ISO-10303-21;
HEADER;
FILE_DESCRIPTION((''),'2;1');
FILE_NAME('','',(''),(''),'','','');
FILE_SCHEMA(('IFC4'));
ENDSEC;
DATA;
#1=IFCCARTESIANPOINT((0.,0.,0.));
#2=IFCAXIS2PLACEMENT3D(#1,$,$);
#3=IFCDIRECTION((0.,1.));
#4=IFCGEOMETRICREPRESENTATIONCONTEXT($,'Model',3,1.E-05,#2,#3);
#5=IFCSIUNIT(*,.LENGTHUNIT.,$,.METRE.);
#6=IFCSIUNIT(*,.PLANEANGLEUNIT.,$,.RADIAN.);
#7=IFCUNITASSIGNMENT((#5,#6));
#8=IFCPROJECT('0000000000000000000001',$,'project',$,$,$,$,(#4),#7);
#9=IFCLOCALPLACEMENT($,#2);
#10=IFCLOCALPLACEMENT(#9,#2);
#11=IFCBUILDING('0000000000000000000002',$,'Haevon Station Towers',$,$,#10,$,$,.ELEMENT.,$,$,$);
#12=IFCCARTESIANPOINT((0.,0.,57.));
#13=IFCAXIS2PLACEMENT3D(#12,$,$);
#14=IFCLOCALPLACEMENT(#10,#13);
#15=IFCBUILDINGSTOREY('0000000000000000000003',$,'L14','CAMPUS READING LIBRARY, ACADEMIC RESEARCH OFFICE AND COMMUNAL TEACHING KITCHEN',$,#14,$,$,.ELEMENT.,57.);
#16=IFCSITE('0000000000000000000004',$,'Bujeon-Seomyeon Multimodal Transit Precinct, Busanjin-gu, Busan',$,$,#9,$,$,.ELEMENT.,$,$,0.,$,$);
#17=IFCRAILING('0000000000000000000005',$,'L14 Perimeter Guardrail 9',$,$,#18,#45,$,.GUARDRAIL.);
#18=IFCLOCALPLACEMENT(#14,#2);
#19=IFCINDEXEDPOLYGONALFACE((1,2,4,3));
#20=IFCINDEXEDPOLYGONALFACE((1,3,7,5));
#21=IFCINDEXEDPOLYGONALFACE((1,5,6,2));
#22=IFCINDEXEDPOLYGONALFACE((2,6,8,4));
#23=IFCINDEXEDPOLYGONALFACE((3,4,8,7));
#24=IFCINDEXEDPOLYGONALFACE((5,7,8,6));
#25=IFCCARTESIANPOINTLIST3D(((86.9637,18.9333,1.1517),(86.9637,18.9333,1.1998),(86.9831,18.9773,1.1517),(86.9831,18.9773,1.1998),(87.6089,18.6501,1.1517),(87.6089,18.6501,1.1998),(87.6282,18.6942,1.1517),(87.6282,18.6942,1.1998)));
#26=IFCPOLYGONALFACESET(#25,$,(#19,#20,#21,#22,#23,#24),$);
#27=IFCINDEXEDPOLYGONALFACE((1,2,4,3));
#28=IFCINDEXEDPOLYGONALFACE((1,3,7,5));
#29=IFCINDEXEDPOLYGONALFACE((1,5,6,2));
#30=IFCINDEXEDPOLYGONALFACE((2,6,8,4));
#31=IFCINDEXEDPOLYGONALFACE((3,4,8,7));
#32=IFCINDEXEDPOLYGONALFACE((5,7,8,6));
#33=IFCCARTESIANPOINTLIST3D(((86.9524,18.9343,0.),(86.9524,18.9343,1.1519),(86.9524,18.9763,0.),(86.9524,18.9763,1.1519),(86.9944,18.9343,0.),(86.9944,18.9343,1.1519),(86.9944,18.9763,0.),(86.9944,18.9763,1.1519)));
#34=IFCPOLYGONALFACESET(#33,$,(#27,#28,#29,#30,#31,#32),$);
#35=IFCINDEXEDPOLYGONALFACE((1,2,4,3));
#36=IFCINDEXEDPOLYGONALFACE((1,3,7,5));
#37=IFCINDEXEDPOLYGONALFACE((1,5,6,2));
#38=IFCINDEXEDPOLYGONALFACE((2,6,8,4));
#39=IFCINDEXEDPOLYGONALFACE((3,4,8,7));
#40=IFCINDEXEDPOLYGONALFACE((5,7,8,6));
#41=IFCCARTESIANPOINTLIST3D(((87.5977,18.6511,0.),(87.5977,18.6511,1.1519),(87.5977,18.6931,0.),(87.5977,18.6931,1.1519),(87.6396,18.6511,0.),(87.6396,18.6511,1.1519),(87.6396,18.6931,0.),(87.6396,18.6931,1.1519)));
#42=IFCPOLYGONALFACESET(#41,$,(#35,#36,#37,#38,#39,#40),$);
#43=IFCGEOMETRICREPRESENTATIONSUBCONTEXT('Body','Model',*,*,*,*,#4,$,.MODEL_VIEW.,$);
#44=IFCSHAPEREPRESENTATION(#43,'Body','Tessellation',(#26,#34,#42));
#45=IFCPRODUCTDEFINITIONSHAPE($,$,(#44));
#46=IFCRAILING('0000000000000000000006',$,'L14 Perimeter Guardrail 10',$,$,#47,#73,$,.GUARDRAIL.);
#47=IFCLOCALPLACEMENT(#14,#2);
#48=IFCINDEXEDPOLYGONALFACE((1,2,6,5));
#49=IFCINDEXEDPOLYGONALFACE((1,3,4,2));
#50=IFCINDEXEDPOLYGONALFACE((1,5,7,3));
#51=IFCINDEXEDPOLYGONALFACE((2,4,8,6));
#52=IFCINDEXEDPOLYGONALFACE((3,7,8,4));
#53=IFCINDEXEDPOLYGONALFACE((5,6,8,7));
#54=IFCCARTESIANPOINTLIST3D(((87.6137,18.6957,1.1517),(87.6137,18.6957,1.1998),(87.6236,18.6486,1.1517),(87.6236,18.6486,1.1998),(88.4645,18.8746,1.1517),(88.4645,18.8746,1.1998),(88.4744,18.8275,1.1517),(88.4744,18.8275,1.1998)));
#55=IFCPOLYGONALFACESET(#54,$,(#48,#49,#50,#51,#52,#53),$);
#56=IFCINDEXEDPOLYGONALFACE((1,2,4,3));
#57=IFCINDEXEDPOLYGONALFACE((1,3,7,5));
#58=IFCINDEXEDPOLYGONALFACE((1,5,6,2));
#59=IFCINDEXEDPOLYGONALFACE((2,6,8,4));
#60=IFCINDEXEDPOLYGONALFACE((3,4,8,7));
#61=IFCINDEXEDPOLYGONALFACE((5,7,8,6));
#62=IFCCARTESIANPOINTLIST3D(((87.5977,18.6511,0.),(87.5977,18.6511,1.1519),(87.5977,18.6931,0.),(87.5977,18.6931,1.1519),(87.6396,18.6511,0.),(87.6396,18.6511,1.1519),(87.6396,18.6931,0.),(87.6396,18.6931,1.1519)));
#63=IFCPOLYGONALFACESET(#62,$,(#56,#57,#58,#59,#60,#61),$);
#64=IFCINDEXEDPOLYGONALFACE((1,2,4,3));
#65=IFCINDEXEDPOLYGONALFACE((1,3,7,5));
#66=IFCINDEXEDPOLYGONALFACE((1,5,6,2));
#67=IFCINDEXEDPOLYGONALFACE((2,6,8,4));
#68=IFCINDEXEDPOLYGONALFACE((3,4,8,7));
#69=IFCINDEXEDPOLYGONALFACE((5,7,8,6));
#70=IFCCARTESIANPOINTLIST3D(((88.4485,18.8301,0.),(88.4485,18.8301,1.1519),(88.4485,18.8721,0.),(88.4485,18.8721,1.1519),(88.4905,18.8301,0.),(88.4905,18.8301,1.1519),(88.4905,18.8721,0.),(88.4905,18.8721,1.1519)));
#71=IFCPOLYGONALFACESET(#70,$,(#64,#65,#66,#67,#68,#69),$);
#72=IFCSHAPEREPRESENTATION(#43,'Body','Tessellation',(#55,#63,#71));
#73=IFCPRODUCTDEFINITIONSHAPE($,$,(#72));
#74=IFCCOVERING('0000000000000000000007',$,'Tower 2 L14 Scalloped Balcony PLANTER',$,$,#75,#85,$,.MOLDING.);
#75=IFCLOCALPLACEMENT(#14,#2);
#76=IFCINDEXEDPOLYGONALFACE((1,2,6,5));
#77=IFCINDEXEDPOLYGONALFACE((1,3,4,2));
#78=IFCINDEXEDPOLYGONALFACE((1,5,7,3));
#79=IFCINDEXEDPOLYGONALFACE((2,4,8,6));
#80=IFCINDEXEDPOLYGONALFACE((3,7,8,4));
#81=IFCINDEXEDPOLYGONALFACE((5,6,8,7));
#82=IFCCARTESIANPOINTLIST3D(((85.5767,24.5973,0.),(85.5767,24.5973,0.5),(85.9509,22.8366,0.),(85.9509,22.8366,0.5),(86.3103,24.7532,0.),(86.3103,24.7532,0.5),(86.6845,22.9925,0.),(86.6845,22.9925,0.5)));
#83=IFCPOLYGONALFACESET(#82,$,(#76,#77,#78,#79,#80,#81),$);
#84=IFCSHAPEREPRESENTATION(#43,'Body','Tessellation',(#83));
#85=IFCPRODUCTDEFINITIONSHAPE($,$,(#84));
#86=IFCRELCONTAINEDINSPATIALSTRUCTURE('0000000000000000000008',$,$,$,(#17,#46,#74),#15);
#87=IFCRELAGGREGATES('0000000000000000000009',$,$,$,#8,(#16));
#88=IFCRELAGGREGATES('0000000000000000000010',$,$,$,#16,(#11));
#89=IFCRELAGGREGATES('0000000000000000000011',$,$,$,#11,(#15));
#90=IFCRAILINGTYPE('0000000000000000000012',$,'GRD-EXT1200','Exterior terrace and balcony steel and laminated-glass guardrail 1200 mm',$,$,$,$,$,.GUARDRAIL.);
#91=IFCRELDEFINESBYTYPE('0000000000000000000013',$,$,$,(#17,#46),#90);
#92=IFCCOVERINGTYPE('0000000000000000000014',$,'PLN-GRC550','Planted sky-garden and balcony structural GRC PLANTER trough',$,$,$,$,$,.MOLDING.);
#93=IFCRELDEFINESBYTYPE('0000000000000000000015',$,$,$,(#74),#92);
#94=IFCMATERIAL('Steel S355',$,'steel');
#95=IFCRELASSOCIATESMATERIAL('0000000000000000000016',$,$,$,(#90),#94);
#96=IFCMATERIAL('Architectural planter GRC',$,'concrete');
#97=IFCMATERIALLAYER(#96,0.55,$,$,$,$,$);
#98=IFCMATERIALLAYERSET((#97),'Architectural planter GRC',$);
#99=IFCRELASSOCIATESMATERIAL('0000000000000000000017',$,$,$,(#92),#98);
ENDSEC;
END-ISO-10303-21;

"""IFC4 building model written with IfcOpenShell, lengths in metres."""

from ifc_helpers import new_model, si_unit, direction, frame, origin, origin_2d, place, context, subcontext, project, spatial, rectangle, extrude, material, layer, layer_set, type_object, element, save


model = new_model("IFC4")

# Units and contexts
model_context = context("Model", 3, precision=1e-05, world=origin(), true_north=direction((0.0, 1.0)))
body_context = subcontext(model_context, "Body", "Model", "MODEL_VIEW")
ifc_project = project(units=[si_unit("LENGTHUNIT", "METRE"), si_unit("PLANEANGLEUNIT", "RADIAN")], contexts=[model_context])

# Site, building, storey
site_placement = place(None, origin())
site = spatial("IfcSite", under=ifc_project, at=site_placement, Name="Bujeon-Seomyeon Multimodal Transit Precinct, Busanjin-gu, Busan", CompositionType="ELEMENT", RefElevation=0.0)
building_placement = place(site_placement, origin())
building = spatial("IfcBuilding", under=site, at=building_placement, Name="Haevon Station Towers", CompositionType="ELEMENT")
storey_placement = place(building_placement, frame((0.0, 0.0, 57.0)))
storey = spatial("IfcBuildingStorey", under=building, at=storey_placement, Name="L14", Description="CAMPUS READING LIBRARY, ACADEMIC RESEARCH OFFICE AND COMMUNAL TEACHING KITCHEN", CompositionType="ELEMENT", Elevation=57.0)

# Shared definitions
ifc_material_1 = material(Name="Steel S355", Category="steel")

# Railings
railing_type = type_object("IfcRailingType", Name="GRD-EXT1200", Description="Exterior terrace and balcony steel and laminated-glass guardrail 1200 mm", PredefinedType="GUARDRAIL", material=ifc_material_1)
railing_1_placement = place(storey_placement, frame((86.9734, 18.9553, 0.0)))
element("IfcRailing", 1, at=railing_1_placement, inside=storey, type_object=railing_type, Name="L14 Perimeter Guardrail 9", PredefinedType="GUARDRAIL", context=body_context, shape_type="SweptSolid", body=[
    extrude(rectangle(XDim=0.0481, YDim=0.0481, at=origin_2d()), frame((0.0, 0.0, 1.1758), z_axis=(0.915688, -0.401891, 0.0), x_axis=(0.401891, 0.915688, 0.0)), (0.0, 0.0, 1.0), 0.7046),
    extrude(rectangle(XDim=0.042, YDim=0.042, at=origin_2d()), origin(), (0.0, 0.0, 1.0), 1.1519),
    extrude(rectangle(XDim=0.042, YDim=0.042, at=origin_2d()), frame((0.6453, -0.2832, 0.0)), (0.0, 0.0, 1.0), 1.1519),
])
railing_2_placement = place(storey_placement, frame((87.6187, 18.6721, 0.0)))
element("IfcRailing", 2, at=railing_2_placement, inside=storey, type_object=railing_type, Name="L14 Perimeter Guardrail 10", PredefinedType="GUARDRAIL", context=body_context, shape_type="SweptSolid", body=[
    extrude(rectangle(XDim=0.0481, YDim=0.0481, at=origin_2d()), frame((0.0, 0.0, 1.1758), z_axis=(0.978588, 0.205827, 0.0), x_axis=(-0.205827, 0.978588, 0.0)), (0.0, 0.0, 1.0), 0.8694),
    extrude(rectangle(XDim=0.042, YDim=0.042, at=origin_2d()), origin(), (0.0, 0.0, 1.0), 1.1519),
    extrude(rectangle(XDim=0.042, YDim=0.042, at=origin_2d()), frame((0.8508, 0.179, 0.0)), (0.0, 0.0, 1.0), 1.1519),
])

# Covering
ifc_material_2 = material(Name="Architectural planter GRC", Category="concrete")
ifc_layer_1 = layer(ifc_material_2, 0.55)
ifc_layer_set_1 = layer_set([ifc_layer_1], Name="Architectural planter GRC")
covering_type = type_object("IfcCoveringType", Name="PLN-GRC550", Description="Planted sky-garden and balcony structural GRC PLANTER trough", PredefinedType="MOLDING", material=ifc_layer_set_1)
covering_placement = place(storey_placement, frame((86.1306, 23.7949, 0.0), z_axis=(0.0, 0.0, 1.0), x_axis=(0.978148, 0.207912, 0.0)))
element("IfcCovering", 3, at=covering_placement, inside=storey, type_object=covering_type, Name="Tower 2 L14 Scalloped Balcony PLANTER", PredefinedType="MOLDING", context=body_context, shape_type="SweptSolid", body=[
    extrude(rectangle(XDim=0.75, YDim=1.8, at=origin_2d()), origin(), (0.0, 0.0, 1.0), 0.5),
])

save(model, "model.ifc")
